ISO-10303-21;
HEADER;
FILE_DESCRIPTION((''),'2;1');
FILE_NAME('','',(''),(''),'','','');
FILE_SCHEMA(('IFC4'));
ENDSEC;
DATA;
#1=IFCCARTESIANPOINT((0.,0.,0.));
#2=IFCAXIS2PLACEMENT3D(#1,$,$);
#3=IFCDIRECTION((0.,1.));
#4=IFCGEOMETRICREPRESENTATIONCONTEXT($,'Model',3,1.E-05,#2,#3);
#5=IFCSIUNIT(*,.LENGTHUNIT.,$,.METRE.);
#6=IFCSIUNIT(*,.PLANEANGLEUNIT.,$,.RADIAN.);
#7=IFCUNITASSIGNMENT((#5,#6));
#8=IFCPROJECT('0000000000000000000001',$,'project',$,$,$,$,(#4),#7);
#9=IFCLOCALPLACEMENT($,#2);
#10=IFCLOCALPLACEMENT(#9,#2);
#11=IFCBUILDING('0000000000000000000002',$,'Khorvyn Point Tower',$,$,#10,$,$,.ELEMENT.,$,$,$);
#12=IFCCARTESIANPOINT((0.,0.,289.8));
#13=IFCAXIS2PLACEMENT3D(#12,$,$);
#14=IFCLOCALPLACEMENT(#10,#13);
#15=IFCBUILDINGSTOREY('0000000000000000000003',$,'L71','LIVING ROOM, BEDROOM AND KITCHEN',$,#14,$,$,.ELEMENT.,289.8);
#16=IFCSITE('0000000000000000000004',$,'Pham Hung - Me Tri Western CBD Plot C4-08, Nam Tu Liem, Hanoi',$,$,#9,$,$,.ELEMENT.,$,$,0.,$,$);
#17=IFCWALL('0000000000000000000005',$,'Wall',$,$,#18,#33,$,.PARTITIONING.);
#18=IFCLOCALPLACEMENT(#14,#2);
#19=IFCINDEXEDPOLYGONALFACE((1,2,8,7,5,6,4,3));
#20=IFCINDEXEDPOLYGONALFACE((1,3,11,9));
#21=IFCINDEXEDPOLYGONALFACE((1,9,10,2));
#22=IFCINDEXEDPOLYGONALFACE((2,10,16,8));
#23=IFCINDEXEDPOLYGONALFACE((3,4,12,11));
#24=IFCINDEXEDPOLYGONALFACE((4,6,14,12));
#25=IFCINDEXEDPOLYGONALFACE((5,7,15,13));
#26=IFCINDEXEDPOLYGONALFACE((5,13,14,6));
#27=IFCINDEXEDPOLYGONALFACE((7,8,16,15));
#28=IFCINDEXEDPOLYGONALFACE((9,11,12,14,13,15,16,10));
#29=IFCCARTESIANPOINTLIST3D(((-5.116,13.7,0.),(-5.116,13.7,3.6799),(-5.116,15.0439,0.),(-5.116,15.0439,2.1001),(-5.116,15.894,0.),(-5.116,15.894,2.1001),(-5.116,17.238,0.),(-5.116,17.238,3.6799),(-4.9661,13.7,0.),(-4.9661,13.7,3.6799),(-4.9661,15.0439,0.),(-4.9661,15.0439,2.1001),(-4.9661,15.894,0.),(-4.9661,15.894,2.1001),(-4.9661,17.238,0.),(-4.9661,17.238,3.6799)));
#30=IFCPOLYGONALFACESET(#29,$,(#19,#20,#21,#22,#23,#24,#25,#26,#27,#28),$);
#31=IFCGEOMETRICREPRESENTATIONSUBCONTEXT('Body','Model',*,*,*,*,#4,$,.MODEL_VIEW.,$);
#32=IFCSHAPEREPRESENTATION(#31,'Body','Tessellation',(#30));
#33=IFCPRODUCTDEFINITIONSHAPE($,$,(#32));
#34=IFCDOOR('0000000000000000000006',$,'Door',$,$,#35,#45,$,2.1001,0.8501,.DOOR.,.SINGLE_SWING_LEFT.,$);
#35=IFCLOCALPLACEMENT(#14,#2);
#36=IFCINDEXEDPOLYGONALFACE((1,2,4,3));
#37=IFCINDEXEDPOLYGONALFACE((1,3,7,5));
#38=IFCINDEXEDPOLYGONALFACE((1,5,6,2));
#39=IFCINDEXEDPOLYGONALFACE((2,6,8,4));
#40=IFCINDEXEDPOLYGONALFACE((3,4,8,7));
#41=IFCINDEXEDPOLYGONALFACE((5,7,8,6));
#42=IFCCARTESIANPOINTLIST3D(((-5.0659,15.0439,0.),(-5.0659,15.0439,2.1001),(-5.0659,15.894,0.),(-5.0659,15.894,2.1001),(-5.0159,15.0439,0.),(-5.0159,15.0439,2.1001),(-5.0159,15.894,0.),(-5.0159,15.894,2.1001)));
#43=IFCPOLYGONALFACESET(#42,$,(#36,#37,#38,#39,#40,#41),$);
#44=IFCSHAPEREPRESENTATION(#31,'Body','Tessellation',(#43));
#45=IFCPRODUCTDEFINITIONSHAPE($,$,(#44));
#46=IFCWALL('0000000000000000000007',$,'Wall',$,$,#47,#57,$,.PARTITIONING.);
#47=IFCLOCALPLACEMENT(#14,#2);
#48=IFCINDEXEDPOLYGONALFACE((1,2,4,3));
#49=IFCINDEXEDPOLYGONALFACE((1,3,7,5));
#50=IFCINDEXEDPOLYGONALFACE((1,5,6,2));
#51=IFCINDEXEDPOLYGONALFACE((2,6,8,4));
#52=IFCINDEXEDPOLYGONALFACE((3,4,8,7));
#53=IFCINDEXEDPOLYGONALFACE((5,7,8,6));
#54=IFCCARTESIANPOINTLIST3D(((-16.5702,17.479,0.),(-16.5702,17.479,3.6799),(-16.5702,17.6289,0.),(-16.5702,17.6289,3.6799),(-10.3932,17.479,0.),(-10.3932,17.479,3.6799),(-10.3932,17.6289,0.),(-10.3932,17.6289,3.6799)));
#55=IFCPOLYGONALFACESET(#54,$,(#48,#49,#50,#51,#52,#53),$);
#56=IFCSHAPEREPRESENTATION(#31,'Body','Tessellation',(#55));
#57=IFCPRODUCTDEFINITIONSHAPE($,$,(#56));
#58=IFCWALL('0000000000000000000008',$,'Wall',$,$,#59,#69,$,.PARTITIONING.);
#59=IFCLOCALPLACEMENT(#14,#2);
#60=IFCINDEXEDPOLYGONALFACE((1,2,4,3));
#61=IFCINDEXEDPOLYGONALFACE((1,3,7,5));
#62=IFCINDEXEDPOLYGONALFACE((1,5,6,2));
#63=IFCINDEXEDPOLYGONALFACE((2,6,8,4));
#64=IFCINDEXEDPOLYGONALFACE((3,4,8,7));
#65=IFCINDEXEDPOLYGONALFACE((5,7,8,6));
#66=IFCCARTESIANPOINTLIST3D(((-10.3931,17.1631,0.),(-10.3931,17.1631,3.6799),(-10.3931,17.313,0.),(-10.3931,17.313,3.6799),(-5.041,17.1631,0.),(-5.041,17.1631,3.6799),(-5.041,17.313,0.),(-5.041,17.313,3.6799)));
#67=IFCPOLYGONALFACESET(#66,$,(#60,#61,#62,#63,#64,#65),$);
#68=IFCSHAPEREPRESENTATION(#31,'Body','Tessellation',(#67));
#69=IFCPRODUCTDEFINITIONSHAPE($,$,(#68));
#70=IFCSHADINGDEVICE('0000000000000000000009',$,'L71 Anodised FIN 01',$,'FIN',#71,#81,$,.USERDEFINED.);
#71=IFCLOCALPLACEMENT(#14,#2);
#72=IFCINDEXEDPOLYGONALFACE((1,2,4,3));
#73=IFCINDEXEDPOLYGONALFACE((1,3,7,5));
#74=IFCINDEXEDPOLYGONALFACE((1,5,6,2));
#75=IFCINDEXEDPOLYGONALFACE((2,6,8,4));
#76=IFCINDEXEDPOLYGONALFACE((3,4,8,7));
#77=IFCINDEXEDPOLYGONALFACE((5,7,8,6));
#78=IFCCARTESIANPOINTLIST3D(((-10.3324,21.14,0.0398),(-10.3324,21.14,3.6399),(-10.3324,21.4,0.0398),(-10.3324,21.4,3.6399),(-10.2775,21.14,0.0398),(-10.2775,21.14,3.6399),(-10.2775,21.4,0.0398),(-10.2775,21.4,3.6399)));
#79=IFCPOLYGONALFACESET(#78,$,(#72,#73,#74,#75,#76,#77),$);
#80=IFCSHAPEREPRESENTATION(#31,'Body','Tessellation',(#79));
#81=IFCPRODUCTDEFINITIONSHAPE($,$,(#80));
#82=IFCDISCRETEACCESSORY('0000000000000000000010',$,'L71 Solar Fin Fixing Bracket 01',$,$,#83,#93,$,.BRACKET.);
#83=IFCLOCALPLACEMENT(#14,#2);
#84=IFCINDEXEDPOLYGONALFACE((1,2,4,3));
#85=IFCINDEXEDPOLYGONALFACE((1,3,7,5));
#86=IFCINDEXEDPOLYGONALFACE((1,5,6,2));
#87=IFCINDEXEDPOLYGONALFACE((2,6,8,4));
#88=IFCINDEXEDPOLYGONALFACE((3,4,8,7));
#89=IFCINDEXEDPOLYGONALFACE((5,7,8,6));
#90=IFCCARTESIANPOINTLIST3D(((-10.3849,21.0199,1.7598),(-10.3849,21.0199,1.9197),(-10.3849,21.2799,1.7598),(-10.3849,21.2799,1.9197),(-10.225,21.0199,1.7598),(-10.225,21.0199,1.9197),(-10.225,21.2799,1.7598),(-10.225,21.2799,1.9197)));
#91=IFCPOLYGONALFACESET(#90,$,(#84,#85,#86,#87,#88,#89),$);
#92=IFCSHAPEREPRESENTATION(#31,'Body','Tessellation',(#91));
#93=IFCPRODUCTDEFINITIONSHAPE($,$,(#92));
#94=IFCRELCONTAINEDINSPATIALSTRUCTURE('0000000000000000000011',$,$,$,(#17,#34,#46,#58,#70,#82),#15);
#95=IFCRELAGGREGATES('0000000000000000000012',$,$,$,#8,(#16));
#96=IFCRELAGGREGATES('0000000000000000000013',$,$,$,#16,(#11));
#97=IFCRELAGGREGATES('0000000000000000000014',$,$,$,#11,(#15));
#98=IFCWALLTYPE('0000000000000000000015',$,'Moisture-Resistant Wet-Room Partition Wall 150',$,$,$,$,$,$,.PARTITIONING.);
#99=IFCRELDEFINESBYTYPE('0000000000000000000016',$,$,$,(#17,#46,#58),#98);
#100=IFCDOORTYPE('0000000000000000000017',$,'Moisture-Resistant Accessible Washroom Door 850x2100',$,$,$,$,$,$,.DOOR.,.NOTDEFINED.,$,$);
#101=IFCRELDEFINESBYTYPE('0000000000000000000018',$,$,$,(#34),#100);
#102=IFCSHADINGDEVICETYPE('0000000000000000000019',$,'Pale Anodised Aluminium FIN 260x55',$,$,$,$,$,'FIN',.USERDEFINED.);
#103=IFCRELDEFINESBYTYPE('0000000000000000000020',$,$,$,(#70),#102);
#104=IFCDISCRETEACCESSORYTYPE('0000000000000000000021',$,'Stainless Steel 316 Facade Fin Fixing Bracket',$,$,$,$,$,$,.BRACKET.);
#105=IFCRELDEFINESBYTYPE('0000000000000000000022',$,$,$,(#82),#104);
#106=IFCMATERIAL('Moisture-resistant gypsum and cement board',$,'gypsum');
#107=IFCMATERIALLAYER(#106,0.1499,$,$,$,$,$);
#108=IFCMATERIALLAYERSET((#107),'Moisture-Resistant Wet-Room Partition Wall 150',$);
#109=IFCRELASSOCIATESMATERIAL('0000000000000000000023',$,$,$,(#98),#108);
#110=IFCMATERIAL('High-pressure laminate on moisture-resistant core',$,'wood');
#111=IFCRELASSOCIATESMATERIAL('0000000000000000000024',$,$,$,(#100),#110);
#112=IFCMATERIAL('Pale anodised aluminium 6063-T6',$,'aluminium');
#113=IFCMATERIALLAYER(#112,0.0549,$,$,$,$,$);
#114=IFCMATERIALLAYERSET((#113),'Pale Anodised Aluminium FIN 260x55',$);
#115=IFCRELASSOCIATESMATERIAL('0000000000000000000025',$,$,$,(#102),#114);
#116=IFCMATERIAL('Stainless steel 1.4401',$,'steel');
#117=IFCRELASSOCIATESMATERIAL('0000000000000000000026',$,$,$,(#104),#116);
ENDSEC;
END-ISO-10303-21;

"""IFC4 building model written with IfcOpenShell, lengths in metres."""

from ifc_helpers import new_model, si_unit, direction, frame, frame_2d, origin, origin_2d, place, context, subcontext, project, spatial, rectangle, extrude, material, layer, layer_set, type_object, element, fill, save


model = new_model("IFC4")

# Units and contexts
model_context = context("Model", 3, precision=1e-05, world=origin(), true_north=direction((0.0, 1.0)))
body_context = subcontext(model_context, "Body", "Model", "MODEL_VIEW")
ifc_project = project(units=[si_unit("LENGTHUNIT", "METRE"), si_unit("PLANEANGLEUNIT", "RADIAN")], contexts=[model_context])

# Site, building, storey
site_placement = place(None, origin())
site = spatial("IfcSite", under=ifc_project, at=site_placement, Name="Pham Hung - Me Tri Western CBD Plot C4-08, Nam Tu Liem, Hanoi", CompositionType="ELEMENT", RefElevation=0.0)
building_placement = place(site_placement, origin())
building = spatial("IfcBuilding", under=site, at=building_placement, Name="Khorvyn Point Tower", CompositionType="ELEMENT")
storey_placement = place(building_placement, frame((0.0, 0.0, 289.8)))
storey = spatial("IfcBuildingStorey", under=building, at=storey_placement, Name="L71", Description="LIVING ROOM, BEDROOM AND KITCHEN", CompositionType="ELEMENT", Elevation=289.8)

# Wall, opening, door
ifc_material_1 = material(Name="Moisture-resistant gypsum and cement board", Category="gypsum")
ifc_layer_1 = layer(ifc_material_1, 0.1499)
ifc_layer_set_1 = layer_set([ifc_layer_1], Name="Moisture-Resistant Wet-Room Partition Wall 150")
wall_type_1 = type_object("IfcWallType", Name="Moisture-Resistant Wet-Room Partition Wall 150", PredefinedType="PARTITIONING", material=ifc_layer_set_1)
wall_1_placement = place(storey_placement, frame((-5.041, 13.7, 0.0), z_axis=(0.0, 0.0, 1.0), x_axis=(0.0, 1.0, 0.0)))
wall_1 = element("IfcWall", 1, at=wall_1_placement, inside=storey, type_object=wall_type_1, Name="Wall", PredefinedType="PARTITIONING", context=body_context, shape_type="SweptSolid", body=[
    extrude(rectangle(XDim=3.5381, YDim=0.1499, at=frame_2d((1.769, 0.0))), origin(), (0.0, 0.0, 1.0), 3.6799),
])
opening_1_placement = place(wall_1_placement, frame((1.344, 0.0, 0.0)))
opening_1 = element("IfcOpeningElement", 2, at=opening_1_placement, cuts=wall_1, PredefinedType="OPENING", context=body_context, shape_type="SweptSolid", body=[
    extrude(rectangle(XDim=0.8501, YDim=2.1001, at=frame_2d((0.425, 1.05))), frame((0.0, 0.085, 0.0), z_axis=(0.0, -1.0, 0.0), x_axis=(1.0, 0.0, 0.0)), (0.0, 0.0, 1.0), 0.1699),
])
ifc_material_2 = material(Name="High-pressure laminate on moisture-resistant core", Category="wood")
door_type_1 = type_object("IfcDoorType", Name="Moisture-Resistant Accessible Washroom Door 850x2100", OperationType="NOTDEFINED", PredefinedType="DOOR", material=ifc_material_2)
door_1_placement = place(opening_1_placement, origin())
door_1 = element("IfcDoor", 3, at=door_1_placement, inside=storey, type_object=door_type_1, Name="Door", OperationType="SINGLE_SWING_LEFT", OverallHeight=2.1001, OverallWidth=0.8501, PredefinedType="DOOR", context=body_context, shape_type="SweptSolid", body=[
    extrude(rectangle(XDim=0.8501, YDim=2.1001, at=frame_2d((0.425, 1.05))), frame((0.0, 0.0249, 0.0), z_axis=(0.0, -1.0, 0.0), x_axis=(1.0, 0.0, 0.0)), (0.0, 0.0, 1.0), 0.05),
])
fill(opening_1, door_1)

# Walls
wall_2_placement = place(storey_placement, frame((-16.5701, 17.554, 0.0), z_axis=(0.0, 0.0, 1.0), x_axis=(1.0, 0.0, 0.0)))
element("IfcWall", 4, at=wall_2_placement, inside=storey, type_object=wall_type_1, Name="Wall", PredefinedType="PARTITIONING", context=body_context, shape_type="SweptSolid", body=[
    extrude(rectangle(XDim=6.177, YDim=0.1499, at=frame_2d((3.0884, 0.0))), origin(), (0.0, 0.0, 1.0), 3.6799),
])
wall_3_placement = place(storey_placement, frame((-10.3931, 17.238, 0.0), z_axis=(0.0, 0.0, 1.0), x_axis=(1.0, 0.0, 0.0)))
element("IfcWall", 5, at=wall_3_placement, inside=storey, type_object=wall_type_1, Name="Wall", PredefinedType="PARTITIONING", context=body_context, shape_type="SweptSolid", body=[
    extrude(rectangle(XDim=5.3521, YDim=0.1499, at=frame_2d((2.676, 0.0))), origin(), (0.0, 0.0, 1.0), 3.6799),
])

# Shading device
ifc_material_3 = material(Name="Pale anodised aluminium 6063-T6", Category="aluminium")
ifc_layer_2 = layer(ifc_material_3, 0.0549)
ifc_layer_set_2 = layer_set([ifc_layer_2], Name="Pale Anodised Aluminium FIN 260x55")
shading_device_type = type_object("IfcShadingDeviceType", Name="Pale Anodised Aluminium FIN 260x55", ElementType="FIN", PredefinedType="USERDEFINED", material=ifc_layer_set_2)
shading_device_placement = place(storey_placement, frame((-10.3049, 21.27, 0.0398), z_axis=(0.0, 0.0, 1.0), x_axis=(0.0, 1.0, 0.0)))
element("IfcShadingDevice", 6, at=shading_device_placement, inside=storey, type_object=shading_device_type, Name="L71 Anodised FIN 01", ObjectType="FIN", PredefinedType="USERDEFINED", context=body_context, shape_type="SweptSolid", body=[
    extrude(rectangle(XDim=0.26, YDim=0.0549, at=origin_2d()), origin(), (0.0, 0.0, 1.0), 3.6001),
])

# Discrete accessory
ifc_material_4 = material(Name="Stainless steel 1.4401", Category="steel")
discrete_accessory_type = type_object("IfcDiscreteAccessoryType", Name="Stainless Steel 316 Facade Fin Fixing Bracket", PredefinedType="BRACKET", material=ifc_material_4)
discrete_accessory_placement = place(storey_placement, frame((-10.3049, 21.1499, 1.7598), z_axis=(0.0, 0.0, 1.0), x_axis=(1.0, 0.0, 0.0)))
element("IfcDiscreteAccessory", 7, at=discrete_accessory_placement, inside=storey, type_object=discrete_accessory_type, Name="L71 Solar Fin Fixing Bracket 01", PredefinedType="BRACKET", context=body_context, shape_type="SweptSolid", body=[
    extrude(rectangle(XDim=0.1599, YDim=0.26, at=origin_2d()), origin(), (0.0, 0.0, 1.0), 0.1599),
])

save(model, "model.ifc")
